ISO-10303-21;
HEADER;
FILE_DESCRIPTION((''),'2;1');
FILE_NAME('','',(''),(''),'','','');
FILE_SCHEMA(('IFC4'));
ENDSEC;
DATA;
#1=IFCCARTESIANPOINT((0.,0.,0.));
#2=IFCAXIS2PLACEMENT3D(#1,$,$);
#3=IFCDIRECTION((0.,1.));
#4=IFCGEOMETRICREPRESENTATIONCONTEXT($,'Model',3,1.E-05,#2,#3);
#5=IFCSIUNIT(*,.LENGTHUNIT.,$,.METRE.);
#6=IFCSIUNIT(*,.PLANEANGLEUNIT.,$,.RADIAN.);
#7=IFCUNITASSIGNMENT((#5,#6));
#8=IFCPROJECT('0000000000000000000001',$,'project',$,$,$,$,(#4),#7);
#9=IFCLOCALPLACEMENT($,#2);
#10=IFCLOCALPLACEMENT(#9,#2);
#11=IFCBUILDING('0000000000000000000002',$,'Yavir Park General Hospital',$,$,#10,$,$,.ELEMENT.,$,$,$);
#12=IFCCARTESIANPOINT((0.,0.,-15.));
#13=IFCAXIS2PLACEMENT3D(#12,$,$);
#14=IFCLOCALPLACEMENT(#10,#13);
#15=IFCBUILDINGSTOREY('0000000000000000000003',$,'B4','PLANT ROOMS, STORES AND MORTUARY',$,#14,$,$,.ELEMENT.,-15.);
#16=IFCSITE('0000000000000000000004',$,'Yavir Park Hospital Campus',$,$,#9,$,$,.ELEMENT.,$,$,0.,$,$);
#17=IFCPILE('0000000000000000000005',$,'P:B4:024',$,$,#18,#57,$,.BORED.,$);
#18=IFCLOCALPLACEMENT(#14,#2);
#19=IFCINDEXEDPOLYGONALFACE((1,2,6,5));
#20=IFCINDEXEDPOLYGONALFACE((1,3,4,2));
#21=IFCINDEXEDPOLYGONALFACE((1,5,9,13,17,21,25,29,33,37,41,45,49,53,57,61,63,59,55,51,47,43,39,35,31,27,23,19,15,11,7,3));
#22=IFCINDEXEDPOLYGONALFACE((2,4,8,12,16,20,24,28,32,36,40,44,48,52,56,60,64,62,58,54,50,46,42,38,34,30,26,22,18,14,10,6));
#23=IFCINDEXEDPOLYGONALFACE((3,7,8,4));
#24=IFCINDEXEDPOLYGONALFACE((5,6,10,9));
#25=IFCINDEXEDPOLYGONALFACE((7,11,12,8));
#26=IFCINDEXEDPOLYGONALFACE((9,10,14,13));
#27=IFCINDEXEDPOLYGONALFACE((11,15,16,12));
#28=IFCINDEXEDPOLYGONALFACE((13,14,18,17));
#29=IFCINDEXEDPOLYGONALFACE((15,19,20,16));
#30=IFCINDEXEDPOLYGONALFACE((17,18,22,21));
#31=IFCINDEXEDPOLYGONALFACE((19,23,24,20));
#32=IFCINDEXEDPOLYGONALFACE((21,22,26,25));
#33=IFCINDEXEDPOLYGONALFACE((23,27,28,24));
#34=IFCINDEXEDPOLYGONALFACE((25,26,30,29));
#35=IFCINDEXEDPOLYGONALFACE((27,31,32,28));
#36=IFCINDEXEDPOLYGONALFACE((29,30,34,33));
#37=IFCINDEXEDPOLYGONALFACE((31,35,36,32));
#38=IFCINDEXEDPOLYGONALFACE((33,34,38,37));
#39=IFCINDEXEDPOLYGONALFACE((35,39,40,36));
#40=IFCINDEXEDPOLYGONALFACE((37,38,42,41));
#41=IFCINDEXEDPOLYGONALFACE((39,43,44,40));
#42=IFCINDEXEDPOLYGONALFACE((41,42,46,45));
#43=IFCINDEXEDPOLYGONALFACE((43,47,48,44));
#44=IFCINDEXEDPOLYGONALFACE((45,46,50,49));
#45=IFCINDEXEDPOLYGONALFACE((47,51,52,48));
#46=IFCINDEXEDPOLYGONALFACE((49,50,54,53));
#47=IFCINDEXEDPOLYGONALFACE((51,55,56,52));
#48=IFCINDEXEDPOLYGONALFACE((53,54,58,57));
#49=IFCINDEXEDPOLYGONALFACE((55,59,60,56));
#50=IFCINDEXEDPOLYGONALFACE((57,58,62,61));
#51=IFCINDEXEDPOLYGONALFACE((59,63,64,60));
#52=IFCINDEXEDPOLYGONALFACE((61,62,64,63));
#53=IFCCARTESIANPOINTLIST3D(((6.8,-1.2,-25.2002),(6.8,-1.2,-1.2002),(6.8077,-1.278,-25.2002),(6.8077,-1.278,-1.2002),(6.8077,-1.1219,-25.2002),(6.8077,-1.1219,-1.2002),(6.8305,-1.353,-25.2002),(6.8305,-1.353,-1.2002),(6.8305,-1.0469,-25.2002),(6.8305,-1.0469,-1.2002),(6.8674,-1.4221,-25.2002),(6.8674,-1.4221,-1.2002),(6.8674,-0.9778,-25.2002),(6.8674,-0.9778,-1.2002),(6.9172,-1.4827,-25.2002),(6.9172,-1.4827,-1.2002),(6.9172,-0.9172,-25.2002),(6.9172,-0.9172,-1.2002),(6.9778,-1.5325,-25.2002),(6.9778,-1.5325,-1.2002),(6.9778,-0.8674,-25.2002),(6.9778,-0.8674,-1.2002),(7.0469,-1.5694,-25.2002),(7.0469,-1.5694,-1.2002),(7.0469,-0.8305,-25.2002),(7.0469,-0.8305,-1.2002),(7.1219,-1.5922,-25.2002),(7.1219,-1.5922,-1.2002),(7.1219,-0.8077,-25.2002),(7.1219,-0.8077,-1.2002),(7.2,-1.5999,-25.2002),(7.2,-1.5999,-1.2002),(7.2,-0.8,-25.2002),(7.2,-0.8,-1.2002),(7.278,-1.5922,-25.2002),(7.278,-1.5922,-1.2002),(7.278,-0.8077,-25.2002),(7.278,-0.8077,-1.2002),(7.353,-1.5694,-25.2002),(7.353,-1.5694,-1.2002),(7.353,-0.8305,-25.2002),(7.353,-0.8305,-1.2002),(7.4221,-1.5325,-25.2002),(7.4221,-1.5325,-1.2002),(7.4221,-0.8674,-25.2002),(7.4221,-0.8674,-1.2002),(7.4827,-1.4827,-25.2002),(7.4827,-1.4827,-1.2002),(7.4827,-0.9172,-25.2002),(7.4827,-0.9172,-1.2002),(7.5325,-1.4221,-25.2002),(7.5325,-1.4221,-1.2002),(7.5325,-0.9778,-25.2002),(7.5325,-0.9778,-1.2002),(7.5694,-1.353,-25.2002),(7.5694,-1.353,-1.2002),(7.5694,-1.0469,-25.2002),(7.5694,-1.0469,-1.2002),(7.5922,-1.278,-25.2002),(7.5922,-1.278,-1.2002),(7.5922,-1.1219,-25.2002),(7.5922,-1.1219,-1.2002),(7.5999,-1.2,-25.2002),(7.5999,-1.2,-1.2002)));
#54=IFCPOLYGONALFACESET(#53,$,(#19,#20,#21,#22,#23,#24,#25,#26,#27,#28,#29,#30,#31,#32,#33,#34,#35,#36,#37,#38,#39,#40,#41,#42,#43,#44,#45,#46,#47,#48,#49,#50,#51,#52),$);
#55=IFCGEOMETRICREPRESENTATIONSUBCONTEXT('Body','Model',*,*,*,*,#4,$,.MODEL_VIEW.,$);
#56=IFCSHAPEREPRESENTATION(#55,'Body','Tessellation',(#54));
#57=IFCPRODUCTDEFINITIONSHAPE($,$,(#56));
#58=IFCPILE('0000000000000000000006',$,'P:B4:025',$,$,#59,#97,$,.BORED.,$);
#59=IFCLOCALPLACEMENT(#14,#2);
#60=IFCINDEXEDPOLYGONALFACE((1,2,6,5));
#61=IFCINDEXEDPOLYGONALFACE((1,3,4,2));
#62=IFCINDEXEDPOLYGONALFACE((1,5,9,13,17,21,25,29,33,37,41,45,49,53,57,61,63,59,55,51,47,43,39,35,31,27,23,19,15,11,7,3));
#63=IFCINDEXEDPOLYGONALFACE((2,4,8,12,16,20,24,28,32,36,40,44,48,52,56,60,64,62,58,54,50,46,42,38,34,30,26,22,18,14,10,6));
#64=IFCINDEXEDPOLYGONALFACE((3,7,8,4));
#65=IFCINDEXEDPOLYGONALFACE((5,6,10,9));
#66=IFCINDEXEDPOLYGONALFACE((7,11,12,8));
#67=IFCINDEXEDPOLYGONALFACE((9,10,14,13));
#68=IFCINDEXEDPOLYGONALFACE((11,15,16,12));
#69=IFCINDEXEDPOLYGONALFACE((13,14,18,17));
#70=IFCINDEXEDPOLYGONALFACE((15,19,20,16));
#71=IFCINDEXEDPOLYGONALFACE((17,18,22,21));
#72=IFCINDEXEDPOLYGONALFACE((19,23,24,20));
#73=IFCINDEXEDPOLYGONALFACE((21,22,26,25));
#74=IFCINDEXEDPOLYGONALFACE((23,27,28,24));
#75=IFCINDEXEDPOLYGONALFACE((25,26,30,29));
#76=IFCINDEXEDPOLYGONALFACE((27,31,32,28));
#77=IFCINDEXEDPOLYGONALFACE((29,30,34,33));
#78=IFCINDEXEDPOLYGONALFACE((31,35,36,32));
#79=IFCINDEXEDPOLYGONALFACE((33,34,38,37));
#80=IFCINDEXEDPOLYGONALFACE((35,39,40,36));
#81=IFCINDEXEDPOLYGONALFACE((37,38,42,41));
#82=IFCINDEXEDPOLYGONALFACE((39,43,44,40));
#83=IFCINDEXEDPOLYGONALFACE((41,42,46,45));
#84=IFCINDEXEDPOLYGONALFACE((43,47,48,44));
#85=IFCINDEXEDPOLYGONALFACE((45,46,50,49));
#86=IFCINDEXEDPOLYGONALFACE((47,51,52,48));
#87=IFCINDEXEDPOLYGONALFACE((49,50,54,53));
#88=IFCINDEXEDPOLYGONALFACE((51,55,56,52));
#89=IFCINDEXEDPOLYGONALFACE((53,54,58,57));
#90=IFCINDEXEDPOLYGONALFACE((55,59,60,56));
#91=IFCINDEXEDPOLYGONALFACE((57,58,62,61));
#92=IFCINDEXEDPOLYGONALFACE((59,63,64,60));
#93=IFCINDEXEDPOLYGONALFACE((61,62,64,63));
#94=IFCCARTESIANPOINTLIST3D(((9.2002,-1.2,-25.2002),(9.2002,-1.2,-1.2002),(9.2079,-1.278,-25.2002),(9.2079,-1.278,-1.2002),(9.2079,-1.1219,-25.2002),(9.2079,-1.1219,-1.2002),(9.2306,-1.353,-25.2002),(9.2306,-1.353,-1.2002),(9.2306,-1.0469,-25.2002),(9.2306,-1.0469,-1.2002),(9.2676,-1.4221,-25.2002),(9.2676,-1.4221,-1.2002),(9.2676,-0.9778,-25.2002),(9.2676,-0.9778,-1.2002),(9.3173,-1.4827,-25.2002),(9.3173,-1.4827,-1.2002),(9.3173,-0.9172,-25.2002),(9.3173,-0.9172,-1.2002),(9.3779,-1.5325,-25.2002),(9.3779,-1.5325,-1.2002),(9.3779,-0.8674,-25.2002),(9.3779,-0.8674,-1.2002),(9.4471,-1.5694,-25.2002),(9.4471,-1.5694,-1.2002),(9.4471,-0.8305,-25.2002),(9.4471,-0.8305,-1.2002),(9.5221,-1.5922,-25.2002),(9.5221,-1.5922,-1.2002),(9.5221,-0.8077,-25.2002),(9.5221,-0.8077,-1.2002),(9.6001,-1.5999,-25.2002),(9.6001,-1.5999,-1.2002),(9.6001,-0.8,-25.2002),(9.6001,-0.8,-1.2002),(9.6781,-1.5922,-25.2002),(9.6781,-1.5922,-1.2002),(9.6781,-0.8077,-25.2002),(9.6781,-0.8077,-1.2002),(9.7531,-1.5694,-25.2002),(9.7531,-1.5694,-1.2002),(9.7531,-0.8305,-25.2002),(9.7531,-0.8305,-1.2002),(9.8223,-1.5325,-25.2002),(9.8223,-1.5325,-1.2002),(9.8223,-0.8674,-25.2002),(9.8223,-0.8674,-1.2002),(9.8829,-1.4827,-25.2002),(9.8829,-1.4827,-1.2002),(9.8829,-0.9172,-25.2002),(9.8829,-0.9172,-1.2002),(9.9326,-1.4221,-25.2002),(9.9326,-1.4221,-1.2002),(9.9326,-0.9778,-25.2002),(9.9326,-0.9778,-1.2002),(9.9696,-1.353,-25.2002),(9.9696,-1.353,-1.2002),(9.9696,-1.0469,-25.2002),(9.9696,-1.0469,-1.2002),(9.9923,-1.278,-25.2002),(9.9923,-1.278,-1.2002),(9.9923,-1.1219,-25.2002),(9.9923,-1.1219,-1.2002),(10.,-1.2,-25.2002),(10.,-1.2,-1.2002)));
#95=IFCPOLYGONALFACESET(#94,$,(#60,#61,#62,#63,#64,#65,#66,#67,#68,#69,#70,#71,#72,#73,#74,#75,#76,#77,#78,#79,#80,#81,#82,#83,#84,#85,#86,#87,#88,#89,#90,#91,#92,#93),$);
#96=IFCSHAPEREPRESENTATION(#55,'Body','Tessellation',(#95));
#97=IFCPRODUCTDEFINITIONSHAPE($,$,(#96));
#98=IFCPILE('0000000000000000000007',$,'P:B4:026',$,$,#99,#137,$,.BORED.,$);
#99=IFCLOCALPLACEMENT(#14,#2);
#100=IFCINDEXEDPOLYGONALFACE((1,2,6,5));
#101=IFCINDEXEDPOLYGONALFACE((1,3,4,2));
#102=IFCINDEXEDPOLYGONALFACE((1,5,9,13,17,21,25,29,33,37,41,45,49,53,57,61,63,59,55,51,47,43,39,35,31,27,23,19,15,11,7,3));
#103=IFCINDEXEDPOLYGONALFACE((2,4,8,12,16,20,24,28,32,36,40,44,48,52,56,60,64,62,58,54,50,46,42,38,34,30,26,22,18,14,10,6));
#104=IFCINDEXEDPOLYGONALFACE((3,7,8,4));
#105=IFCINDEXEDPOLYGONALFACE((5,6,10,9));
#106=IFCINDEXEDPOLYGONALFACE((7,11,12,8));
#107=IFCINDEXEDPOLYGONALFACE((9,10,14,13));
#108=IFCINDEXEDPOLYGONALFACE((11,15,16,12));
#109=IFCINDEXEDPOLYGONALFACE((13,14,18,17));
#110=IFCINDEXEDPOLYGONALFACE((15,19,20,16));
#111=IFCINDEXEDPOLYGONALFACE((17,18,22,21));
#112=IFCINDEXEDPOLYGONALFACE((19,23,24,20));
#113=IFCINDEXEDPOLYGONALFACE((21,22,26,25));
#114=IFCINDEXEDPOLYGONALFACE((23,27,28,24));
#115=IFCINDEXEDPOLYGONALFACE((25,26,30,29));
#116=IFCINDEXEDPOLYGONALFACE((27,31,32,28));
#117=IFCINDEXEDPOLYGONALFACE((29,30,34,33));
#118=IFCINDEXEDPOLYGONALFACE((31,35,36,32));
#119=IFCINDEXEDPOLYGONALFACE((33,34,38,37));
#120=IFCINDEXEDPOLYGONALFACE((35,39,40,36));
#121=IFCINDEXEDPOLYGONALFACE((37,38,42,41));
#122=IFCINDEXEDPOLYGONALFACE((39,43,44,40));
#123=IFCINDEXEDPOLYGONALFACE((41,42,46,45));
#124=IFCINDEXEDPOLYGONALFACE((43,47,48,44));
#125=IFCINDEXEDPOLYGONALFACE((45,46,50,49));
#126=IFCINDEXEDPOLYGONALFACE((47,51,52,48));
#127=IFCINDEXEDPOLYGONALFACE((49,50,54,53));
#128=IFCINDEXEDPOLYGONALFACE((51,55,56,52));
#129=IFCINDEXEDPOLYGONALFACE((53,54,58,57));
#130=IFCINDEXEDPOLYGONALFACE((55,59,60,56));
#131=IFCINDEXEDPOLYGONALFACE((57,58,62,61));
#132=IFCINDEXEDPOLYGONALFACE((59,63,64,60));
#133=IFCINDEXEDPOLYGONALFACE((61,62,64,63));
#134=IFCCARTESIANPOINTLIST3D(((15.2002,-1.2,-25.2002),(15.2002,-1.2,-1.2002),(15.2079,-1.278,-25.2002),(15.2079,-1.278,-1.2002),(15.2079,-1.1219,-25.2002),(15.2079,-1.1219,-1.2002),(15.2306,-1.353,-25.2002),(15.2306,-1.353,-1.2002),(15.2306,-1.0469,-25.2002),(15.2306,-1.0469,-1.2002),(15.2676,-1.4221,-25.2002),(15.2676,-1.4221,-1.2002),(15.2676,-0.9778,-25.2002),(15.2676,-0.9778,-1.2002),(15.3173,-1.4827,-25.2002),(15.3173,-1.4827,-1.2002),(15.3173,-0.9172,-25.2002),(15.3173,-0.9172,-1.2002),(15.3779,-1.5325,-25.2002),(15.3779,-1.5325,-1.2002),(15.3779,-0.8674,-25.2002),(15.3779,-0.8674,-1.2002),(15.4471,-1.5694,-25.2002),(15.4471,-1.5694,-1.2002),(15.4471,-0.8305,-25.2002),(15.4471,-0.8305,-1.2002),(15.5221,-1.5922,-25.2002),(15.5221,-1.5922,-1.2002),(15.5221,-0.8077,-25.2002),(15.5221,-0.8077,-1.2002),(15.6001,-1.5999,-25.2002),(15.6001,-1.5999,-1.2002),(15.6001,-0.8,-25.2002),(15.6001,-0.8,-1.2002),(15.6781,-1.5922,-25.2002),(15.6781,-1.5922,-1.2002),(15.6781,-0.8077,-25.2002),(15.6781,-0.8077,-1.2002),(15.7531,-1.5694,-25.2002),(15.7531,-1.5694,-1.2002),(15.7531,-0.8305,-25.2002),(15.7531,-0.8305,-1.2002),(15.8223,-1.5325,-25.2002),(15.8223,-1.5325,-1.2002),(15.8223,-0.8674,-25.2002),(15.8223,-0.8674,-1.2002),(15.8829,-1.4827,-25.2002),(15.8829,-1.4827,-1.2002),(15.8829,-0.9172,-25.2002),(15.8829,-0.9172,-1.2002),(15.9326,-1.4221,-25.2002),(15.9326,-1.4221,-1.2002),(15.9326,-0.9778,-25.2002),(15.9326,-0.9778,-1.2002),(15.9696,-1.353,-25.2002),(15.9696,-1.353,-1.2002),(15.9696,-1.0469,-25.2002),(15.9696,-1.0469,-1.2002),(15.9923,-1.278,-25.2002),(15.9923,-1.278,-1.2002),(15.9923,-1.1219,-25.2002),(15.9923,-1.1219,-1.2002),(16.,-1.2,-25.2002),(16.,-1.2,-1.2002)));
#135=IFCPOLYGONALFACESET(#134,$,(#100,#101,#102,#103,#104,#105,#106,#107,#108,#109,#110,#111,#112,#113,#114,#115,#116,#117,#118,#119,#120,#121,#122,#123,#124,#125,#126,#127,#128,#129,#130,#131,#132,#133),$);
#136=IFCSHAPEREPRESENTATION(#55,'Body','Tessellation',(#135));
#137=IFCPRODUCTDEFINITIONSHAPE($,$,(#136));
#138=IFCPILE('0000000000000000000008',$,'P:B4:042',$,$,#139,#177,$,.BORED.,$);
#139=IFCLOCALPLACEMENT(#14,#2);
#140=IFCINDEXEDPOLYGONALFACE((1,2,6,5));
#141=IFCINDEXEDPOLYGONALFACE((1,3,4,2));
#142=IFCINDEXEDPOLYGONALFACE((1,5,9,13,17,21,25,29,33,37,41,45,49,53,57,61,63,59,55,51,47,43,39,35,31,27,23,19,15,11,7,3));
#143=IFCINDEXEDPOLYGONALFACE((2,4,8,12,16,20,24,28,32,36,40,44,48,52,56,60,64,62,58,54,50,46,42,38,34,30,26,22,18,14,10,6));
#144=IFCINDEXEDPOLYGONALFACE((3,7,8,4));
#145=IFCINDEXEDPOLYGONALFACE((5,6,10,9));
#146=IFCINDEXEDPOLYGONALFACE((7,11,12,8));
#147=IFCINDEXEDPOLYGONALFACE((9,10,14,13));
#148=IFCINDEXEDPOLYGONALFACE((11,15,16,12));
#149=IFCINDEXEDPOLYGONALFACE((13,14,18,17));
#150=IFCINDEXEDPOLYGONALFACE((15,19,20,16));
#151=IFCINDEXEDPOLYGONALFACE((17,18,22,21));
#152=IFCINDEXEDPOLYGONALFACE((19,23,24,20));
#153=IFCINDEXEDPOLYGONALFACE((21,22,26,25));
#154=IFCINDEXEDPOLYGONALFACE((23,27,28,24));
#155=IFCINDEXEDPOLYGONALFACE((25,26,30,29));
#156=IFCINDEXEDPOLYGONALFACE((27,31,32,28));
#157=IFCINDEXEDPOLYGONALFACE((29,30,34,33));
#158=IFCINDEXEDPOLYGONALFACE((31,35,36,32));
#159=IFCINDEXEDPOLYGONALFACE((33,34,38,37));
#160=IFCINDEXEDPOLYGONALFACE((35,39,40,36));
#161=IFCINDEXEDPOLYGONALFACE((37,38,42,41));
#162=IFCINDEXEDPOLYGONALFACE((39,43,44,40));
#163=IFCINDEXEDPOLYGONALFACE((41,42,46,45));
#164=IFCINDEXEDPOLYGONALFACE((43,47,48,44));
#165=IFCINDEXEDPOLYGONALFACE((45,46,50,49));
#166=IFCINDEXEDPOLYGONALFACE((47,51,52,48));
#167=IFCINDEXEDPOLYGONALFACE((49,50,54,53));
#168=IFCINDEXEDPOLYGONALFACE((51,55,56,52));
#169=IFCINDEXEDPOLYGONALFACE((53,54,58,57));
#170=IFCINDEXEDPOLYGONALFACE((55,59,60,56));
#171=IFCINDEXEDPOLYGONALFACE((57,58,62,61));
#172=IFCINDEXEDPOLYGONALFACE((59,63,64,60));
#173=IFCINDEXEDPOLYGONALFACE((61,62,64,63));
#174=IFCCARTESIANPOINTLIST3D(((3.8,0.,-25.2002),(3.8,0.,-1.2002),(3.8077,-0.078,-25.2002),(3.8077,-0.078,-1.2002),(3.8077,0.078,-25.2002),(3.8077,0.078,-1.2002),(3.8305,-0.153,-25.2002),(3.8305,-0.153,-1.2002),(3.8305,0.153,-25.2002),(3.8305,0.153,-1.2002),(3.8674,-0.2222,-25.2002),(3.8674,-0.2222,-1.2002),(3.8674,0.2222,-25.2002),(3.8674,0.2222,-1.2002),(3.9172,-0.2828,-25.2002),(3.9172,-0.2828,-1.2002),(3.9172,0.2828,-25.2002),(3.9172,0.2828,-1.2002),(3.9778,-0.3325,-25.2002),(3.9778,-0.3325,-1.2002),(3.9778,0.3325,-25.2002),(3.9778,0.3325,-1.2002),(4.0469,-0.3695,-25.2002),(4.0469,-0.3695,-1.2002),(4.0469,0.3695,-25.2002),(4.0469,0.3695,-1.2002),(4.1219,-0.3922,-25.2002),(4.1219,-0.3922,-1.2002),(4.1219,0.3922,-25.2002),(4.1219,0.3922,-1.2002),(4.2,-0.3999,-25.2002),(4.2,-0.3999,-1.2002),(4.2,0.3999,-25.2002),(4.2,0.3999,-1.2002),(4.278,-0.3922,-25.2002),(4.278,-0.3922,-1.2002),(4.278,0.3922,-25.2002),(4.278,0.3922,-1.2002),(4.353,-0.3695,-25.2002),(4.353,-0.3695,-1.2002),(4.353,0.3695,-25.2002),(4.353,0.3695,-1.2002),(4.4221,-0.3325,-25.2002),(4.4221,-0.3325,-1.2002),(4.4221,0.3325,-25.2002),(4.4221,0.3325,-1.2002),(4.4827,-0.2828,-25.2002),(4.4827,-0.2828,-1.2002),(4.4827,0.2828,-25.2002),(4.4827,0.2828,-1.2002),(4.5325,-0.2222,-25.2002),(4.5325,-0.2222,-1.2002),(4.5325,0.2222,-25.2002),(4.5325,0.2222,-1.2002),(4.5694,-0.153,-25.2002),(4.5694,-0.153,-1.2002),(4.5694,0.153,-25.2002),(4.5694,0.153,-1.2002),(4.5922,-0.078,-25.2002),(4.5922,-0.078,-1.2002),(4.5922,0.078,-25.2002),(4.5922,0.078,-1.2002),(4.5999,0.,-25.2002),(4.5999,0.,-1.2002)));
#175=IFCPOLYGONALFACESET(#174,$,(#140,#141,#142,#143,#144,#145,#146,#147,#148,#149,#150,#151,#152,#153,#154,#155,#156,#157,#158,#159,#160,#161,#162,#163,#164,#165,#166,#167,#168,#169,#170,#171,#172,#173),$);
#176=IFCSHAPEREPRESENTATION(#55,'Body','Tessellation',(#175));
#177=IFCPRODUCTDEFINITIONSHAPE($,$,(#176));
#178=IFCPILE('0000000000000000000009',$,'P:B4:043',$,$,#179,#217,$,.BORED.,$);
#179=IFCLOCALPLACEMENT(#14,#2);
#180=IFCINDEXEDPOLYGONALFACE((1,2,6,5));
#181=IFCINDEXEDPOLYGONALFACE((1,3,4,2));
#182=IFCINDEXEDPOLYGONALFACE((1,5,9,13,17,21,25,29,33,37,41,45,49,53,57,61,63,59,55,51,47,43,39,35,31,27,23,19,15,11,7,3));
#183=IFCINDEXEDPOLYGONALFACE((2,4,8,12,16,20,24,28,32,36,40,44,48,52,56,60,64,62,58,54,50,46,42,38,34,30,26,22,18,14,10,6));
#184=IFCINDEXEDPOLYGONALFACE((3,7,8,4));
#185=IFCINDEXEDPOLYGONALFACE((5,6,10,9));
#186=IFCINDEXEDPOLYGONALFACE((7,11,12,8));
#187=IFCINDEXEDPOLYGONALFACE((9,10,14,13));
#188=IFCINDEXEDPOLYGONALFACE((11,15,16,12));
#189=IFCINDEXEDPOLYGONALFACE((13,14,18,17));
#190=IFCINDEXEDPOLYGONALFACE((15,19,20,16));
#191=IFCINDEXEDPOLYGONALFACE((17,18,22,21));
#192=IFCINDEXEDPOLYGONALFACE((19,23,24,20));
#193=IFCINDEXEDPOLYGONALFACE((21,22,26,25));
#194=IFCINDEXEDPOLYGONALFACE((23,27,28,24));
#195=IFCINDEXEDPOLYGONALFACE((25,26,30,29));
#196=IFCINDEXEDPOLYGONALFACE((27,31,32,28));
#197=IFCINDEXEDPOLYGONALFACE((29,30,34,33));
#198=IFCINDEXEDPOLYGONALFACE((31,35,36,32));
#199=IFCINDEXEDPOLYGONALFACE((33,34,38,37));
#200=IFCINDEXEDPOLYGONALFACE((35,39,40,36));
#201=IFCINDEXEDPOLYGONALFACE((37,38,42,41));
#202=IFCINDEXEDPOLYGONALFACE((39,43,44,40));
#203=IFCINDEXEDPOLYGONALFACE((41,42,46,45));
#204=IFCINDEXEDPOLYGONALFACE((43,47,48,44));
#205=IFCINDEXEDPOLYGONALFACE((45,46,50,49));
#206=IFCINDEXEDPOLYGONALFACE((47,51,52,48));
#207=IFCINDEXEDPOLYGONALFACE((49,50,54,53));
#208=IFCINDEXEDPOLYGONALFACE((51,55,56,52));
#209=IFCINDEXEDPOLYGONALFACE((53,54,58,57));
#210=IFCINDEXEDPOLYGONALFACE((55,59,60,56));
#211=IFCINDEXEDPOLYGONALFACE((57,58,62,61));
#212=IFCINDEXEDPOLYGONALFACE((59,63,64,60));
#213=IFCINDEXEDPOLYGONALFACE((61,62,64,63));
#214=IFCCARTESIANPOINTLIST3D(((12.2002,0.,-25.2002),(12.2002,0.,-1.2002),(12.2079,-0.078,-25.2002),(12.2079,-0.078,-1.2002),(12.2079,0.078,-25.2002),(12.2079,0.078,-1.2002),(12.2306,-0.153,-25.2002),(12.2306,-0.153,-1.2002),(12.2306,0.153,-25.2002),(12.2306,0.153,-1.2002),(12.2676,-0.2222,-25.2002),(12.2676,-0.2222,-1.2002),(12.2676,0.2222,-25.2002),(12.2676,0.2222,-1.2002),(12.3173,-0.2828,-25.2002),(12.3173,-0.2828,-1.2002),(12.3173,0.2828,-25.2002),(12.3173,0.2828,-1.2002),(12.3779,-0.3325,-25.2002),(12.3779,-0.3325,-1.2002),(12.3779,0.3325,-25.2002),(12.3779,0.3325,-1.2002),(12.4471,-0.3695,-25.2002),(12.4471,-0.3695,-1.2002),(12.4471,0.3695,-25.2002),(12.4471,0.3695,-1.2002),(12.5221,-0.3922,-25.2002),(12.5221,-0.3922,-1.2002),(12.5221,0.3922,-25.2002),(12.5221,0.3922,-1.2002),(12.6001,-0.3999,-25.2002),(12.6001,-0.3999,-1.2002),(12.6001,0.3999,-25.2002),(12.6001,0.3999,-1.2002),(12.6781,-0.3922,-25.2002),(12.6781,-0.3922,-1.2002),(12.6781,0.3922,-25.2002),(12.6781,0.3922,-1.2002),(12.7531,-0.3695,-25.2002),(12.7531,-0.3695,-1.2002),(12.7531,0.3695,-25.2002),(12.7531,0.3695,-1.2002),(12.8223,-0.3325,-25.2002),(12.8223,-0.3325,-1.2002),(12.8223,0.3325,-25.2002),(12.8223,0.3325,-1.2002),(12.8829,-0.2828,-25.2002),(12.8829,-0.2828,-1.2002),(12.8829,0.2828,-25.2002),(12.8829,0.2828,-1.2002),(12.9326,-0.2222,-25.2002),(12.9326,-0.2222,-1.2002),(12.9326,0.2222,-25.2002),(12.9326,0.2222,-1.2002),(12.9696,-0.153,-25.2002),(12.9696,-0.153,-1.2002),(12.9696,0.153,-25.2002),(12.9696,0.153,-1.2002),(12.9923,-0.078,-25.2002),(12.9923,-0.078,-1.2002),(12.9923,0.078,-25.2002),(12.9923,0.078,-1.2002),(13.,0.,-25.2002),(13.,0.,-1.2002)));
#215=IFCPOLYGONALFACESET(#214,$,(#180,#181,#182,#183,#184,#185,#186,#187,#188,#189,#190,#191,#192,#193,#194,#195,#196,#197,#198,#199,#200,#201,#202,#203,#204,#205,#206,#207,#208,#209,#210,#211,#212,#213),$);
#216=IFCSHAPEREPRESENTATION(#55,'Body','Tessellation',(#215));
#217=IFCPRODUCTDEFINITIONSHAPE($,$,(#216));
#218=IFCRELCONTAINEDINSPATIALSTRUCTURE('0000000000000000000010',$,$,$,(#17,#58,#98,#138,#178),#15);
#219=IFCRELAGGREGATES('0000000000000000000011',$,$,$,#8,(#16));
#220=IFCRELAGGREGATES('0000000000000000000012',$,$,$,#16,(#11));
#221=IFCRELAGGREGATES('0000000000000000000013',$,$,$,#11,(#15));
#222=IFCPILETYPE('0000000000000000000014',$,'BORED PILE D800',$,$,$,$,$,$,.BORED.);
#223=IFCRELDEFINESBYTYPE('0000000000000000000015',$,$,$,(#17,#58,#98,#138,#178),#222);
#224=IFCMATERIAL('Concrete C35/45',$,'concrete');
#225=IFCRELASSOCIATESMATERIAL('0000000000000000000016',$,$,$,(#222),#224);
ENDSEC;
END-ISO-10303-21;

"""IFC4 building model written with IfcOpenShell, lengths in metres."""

from ifc_helpers import new_model, si_unit, direction, frame, origin, origin_2d, place, context, subcontext, project, spatial, circle, extrude, material, material_profile, profile_set, type_object, element, save


model = new_model("IFC4")

# Units and contexts
model_context = context("Model", 3, precision=1e-05, world=origin(), true_north=direction((0.0, 1.0)))
body_context = subcontext(model_context, "Body", "Model", "MODEL_VIEW")
ifc_project = project(units=[si_unit("LENGTHUNIT", "METRE"), si_unit("PLANEANGLEUNIT", "RADIAN")], contexts=[model_context])

# Site, building, storey
site_placement = place(None, origin())
site = spatial("IfcSite", under=ifc_project, at=site_placement, Name="Yavir Park Hospital Campus", CompositionType="ELEMENT", RefElevation=0.0)
building_placement = place(site_placement, origin())
building = spatial("IfcBuilding", under=site, at=building_placement, Name="Yavir Park General Hospital", CompositionType="ELEMENT")
storey_placement = place(building_placement, frame((0.0, 0.0, -15.0)))
storey = spatial("IfcBuildingStorey", under=building, at=storey_placement, Name="B4", Description="PLANT ROOMS, STORES AND MORTUARY", CompositionType="ELEMENT", Elevation=-15.0)

# Piles
ifc_material_1 = material(Name="Concrete C35/45", Category="concrete")
ifc_material_profile_1 = material_profile(ifc_material_1, circle(Radius=0.3999, at=origin_2d()), Name="D800")
ifc_profile_set_1 = profile_set([ifc_material_profile_1], Name="Concrete C35/45")
pile_type = type_object("IfcPileType", Name="BORED PILE D800", PredefinedType="BORED", material=ifc_profile_set_1)
for number, where, z_axis, x_axis, name in (
    (1, (7.2, -1.2, -1.2002), (0.0, 0.0, -1.0), (1.0, 0.0, 0.0), "P:B4:024"),
    (2, (9.6001, -1.2, -1.2002), (0.0, 0.0, -1.0), (1.0, 0.0, 0.0), "P:B4:025"),
    (3, (15.6001, -1.2, -1.2002), (0.0, 0.0, -1.0), (1.0, 0.0, 0.0), "P:B4:026"),
    (4, (4.2, 0.0, -1.2002), (0.0, 0.0, -1.0), (1.0, 0.0, 0.0), "P:B4:042"),
    (5, (12.6001, 0.0, -1.2002), (0.0, 0.0, -1.0), (1.0, 0.0, 0.0), "P:B4:043"),
):
    element("IfcPile", number, at=place(storey_placement, frame(where, z_axis=z_axis, x_axis=x_axis)), inside=storey, type_object=pile_type, Name=name, PredefinedType="BORED", context=body_context, shape_type="SweptSolid", body=[
        extrude(circle(Radius=0.3999, at=origin_2d()), origin(), (0.0, 0.0, 1.0), 24.0),
    ])

save(model, "model.ifc")
